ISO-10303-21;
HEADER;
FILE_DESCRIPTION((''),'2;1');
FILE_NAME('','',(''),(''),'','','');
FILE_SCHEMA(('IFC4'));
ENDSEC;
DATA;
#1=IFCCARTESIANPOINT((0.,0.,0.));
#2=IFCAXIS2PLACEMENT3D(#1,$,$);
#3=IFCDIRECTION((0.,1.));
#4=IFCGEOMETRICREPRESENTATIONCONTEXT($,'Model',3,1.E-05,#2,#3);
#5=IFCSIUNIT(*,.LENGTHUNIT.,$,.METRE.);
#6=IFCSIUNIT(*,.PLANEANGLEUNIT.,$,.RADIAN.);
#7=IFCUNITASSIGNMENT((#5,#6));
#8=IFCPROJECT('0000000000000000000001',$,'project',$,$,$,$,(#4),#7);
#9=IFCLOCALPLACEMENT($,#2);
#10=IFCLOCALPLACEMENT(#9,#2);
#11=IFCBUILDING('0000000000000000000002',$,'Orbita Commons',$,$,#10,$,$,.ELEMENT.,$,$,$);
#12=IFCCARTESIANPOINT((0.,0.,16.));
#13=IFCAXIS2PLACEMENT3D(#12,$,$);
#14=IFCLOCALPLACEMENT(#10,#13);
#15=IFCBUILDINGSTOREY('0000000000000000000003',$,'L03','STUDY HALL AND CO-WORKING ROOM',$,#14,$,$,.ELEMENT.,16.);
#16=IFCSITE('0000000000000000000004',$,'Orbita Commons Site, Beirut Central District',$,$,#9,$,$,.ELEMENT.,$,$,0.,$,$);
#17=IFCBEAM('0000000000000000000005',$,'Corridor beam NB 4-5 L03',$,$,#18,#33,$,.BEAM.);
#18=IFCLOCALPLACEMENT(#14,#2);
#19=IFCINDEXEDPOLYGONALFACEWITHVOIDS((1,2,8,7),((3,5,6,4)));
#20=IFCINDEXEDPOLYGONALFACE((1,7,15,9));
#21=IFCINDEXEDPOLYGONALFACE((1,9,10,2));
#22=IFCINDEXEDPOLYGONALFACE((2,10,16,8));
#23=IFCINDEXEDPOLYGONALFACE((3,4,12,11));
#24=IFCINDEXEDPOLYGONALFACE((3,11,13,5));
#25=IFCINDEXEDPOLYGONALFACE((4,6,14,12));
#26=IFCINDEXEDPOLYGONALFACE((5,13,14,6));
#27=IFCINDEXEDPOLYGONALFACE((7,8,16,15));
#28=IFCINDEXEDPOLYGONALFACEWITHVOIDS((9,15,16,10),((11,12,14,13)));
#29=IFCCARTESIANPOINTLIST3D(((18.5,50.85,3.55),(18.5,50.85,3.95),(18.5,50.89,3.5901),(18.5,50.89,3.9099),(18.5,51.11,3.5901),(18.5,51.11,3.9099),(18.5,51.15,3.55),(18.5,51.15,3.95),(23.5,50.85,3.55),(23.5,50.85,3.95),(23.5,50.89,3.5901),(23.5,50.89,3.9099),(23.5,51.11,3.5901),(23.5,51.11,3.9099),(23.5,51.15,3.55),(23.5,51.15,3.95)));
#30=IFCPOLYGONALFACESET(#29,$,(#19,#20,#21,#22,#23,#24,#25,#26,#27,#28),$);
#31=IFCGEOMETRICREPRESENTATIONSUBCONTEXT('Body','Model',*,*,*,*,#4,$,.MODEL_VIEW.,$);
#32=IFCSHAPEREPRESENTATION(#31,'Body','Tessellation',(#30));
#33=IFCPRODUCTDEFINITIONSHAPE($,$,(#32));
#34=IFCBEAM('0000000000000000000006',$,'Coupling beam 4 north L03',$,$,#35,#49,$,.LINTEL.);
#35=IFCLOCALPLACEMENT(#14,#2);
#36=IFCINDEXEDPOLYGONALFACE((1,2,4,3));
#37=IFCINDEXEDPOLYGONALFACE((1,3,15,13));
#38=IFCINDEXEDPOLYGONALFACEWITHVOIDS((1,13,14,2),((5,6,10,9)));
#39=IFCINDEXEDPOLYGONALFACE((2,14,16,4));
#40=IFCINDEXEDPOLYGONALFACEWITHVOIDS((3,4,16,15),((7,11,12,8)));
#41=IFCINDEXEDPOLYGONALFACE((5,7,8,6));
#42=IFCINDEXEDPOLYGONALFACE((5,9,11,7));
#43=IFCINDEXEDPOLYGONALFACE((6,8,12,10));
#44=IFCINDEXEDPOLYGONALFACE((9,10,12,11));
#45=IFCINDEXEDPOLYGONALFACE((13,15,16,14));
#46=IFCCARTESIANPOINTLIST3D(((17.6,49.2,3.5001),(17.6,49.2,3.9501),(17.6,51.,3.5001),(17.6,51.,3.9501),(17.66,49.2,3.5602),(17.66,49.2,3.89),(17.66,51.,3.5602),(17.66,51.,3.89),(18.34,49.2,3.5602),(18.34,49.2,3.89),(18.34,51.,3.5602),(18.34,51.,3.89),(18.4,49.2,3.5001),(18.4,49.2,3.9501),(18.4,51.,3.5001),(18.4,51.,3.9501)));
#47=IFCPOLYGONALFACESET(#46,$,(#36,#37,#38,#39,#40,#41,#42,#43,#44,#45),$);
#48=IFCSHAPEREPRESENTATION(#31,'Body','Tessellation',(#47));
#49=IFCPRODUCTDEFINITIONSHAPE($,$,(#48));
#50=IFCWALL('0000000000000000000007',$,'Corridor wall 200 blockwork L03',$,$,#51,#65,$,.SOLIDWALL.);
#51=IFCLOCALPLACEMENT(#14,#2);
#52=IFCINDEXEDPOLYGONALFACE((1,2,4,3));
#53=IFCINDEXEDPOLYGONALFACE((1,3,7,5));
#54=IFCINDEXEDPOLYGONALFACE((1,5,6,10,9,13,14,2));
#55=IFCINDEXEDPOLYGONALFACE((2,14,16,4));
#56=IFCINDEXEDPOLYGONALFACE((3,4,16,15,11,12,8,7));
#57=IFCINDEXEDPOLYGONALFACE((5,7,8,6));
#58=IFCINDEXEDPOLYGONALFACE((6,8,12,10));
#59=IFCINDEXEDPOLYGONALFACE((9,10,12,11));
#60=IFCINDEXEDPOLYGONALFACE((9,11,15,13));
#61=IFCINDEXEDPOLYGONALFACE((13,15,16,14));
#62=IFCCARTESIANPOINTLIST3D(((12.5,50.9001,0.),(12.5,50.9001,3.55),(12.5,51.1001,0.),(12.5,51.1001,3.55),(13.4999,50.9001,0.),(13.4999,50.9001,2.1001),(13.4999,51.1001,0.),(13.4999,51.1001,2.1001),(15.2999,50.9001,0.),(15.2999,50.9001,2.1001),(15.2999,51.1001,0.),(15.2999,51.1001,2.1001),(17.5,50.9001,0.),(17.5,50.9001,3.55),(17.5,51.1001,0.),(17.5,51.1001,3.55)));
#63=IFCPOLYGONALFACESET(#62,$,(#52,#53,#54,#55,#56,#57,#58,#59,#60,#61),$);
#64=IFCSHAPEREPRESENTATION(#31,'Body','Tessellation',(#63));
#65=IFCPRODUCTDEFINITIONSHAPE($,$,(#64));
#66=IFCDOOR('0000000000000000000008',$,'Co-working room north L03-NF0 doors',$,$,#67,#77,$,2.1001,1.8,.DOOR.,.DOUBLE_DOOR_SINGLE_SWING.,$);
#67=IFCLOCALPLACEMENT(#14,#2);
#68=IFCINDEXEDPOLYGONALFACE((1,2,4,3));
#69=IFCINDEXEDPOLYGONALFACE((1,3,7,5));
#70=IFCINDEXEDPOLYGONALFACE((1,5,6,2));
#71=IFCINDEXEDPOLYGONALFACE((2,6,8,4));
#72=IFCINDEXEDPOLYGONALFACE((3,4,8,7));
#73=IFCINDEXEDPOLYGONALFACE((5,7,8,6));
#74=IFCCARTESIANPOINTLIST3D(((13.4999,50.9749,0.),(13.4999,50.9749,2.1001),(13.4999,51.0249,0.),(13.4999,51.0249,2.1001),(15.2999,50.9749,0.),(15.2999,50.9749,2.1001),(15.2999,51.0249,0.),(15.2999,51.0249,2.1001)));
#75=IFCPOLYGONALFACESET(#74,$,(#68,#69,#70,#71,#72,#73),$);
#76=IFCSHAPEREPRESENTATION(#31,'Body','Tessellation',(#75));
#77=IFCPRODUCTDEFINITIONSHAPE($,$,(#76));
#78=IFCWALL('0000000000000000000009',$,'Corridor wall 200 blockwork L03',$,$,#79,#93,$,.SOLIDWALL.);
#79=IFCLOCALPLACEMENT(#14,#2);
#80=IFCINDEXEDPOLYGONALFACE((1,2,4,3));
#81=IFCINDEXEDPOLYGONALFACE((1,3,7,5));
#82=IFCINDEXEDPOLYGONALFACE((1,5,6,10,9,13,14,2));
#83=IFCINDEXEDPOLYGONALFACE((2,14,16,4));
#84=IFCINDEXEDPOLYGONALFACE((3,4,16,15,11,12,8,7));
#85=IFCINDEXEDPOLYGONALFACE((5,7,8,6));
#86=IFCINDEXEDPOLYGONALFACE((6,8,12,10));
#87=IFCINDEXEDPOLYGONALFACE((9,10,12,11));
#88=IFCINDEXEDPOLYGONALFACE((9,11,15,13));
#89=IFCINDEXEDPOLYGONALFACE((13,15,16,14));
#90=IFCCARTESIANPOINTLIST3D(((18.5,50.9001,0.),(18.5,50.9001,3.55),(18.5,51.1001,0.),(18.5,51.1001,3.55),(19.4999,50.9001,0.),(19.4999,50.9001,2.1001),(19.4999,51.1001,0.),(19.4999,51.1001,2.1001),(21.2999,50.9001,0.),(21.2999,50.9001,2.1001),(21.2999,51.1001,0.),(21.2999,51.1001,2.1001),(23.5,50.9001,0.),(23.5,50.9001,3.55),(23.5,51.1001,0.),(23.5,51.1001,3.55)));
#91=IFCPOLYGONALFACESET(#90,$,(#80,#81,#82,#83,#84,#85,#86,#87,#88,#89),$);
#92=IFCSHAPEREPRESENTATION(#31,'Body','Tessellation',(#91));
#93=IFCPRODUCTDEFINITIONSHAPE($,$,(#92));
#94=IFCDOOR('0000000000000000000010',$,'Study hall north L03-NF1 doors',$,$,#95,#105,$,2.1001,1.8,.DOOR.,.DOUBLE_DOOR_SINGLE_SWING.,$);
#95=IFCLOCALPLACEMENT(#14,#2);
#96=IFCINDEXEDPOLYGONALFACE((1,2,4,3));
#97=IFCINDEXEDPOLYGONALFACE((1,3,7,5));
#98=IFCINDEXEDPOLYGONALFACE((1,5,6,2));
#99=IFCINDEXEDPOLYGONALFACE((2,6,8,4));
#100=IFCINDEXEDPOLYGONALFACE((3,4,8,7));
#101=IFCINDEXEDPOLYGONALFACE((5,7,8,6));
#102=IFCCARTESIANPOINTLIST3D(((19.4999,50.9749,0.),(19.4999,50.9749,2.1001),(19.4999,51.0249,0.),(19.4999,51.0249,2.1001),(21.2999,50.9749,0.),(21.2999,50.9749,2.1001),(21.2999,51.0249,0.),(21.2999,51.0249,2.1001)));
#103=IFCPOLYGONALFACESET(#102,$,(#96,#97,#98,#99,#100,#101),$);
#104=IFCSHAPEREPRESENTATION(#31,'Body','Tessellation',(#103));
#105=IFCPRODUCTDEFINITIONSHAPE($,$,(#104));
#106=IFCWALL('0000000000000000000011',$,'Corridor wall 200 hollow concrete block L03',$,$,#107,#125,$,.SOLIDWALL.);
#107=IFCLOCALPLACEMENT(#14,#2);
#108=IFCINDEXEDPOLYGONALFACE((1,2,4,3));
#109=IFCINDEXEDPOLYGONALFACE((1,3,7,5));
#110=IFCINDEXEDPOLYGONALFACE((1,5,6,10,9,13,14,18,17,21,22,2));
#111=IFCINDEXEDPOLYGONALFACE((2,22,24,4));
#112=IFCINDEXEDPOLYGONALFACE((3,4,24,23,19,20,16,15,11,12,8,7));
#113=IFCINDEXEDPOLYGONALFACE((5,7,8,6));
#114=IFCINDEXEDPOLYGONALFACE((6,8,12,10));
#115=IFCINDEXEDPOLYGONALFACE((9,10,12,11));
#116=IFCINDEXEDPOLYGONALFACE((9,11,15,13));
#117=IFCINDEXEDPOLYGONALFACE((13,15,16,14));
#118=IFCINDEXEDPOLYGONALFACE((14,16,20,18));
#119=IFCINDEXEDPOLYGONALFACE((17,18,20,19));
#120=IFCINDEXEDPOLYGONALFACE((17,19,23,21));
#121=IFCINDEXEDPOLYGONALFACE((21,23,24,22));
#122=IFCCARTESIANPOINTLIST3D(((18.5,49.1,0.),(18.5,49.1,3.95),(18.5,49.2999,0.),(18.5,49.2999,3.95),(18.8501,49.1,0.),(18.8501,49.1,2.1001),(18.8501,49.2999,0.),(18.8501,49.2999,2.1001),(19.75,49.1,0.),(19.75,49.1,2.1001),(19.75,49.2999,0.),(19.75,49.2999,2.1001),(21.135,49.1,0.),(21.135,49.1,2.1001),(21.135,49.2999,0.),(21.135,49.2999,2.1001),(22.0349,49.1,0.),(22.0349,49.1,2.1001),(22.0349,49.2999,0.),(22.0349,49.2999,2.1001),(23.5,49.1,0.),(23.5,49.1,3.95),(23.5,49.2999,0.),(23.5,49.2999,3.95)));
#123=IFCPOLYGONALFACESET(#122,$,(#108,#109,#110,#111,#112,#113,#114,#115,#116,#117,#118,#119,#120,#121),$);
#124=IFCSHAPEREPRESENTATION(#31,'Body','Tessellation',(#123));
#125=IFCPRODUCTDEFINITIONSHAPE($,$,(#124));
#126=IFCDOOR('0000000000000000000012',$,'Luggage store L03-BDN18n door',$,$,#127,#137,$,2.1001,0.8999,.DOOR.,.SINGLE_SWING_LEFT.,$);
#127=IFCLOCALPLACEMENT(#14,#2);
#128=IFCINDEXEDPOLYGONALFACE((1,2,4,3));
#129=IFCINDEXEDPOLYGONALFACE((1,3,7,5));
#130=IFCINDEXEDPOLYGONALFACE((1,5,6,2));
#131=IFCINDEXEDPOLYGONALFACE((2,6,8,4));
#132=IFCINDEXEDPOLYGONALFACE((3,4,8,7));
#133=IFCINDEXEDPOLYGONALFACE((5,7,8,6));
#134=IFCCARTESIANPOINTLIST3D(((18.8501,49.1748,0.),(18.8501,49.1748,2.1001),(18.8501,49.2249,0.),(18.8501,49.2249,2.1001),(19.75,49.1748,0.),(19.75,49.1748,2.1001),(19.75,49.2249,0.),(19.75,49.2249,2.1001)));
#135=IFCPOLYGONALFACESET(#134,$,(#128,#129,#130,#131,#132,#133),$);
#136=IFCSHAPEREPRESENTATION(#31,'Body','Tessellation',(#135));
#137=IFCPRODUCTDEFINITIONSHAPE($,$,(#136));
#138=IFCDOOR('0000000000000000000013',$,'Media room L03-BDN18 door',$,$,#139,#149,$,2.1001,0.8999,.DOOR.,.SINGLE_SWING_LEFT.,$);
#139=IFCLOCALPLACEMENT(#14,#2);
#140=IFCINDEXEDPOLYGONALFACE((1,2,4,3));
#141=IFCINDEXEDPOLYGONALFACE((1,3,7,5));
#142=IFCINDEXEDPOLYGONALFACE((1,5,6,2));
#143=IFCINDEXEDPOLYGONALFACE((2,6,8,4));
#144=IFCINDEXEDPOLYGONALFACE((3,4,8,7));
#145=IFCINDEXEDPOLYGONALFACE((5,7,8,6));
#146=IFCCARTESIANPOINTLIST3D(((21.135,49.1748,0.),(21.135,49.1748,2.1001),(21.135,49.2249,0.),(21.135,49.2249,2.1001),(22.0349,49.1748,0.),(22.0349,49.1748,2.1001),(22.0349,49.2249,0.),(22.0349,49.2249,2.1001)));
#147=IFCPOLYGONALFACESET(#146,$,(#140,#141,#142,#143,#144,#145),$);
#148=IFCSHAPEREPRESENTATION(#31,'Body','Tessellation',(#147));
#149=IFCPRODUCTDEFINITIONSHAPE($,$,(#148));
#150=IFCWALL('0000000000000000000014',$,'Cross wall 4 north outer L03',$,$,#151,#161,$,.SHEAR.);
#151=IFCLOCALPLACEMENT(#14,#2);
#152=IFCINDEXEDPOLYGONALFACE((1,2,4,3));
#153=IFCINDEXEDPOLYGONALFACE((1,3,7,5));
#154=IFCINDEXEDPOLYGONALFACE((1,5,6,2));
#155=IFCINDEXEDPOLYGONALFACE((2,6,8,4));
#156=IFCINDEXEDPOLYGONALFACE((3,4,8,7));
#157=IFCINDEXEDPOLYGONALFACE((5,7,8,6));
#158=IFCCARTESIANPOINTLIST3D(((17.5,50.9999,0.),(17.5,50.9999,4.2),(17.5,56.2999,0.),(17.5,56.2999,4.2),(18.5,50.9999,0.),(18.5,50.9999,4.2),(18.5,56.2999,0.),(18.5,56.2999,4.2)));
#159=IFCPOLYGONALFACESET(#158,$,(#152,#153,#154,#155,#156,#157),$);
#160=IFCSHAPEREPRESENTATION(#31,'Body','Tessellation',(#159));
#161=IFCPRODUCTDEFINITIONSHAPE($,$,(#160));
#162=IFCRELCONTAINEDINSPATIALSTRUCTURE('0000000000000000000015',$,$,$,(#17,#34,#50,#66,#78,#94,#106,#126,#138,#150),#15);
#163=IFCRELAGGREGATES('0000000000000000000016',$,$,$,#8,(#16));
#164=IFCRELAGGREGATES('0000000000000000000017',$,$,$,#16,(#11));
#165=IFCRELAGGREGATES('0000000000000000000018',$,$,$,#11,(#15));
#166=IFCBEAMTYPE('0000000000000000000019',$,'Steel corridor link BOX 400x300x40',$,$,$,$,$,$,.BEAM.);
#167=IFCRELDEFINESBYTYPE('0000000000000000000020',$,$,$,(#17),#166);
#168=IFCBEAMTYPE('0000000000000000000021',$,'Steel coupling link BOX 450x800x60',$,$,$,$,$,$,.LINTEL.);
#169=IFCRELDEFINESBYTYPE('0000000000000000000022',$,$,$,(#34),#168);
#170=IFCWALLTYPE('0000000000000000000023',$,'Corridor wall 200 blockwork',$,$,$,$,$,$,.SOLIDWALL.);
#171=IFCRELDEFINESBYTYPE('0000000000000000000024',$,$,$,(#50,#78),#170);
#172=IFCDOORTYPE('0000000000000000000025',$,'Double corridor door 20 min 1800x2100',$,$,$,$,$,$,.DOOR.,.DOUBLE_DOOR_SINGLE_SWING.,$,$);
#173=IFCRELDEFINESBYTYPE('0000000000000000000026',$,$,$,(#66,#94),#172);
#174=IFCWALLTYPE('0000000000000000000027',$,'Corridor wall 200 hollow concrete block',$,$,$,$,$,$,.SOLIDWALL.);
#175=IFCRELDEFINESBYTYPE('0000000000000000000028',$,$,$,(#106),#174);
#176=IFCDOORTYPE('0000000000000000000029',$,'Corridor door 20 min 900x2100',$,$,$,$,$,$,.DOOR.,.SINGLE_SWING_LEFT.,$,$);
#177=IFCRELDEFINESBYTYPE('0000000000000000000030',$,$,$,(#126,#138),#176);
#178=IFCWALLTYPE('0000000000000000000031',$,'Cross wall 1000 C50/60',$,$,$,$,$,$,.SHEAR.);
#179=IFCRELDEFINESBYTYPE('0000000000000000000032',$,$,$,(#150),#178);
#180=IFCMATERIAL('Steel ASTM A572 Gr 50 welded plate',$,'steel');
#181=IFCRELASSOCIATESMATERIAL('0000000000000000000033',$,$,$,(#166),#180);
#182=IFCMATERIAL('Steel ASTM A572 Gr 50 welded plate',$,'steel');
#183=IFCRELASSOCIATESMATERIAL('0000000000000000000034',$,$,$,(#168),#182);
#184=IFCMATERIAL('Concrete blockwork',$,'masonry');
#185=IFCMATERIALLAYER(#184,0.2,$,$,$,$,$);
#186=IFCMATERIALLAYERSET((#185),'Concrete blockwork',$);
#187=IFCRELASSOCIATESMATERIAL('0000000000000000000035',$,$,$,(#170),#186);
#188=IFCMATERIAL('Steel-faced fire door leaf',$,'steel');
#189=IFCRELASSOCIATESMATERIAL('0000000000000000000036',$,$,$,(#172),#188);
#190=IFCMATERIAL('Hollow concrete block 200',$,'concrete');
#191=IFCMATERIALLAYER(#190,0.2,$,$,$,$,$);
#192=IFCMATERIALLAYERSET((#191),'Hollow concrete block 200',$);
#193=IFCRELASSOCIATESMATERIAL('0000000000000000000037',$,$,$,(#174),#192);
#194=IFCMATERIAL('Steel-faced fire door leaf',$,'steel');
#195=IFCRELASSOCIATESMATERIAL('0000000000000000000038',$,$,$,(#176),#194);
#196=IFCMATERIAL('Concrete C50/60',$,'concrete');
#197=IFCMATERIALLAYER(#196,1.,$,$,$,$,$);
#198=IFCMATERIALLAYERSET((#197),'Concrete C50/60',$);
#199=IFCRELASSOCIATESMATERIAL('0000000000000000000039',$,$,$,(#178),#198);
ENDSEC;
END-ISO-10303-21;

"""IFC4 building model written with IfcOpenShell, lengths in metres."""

from ifc_helpers import new_model, si_unit, direction, frame, frame_2d, origin, origin_2d, place, context, subcontext, project, spatial, polyline, rectangle, hollow_rectangle, outline, extrude, material, layer, layer_set, material_profile, profile_set, type_object, element, fill, save


model = new_model("IFC4")

# Units and contexts
model_context = context("Model", 3, precision=1e-05, world=origin(), true_north=direction((0.0, 1.0)))
body_context = subcontext(model_context, "Body", "Model", "MODEL_VIEW")
ifc_project = project(units=[si_unit("LENGTHUNIT", "METRE"), si_unit("PLANEANGLEUNIT", "RADIAN")], contexts=[model_context])

# Site, building, storey
site_placement = place(None, origin())
site = spatial("IfcSite", under=ifc_project, at=site_placement, Name="Orbita Commons Site, Beirut Central District", CompositionType="ELEMENT", RefElevation=0.0)
building_placement = place(site_placement, origin())
building = spatial("IfcBuilding", under=site, at=building_placement, Name="Orbita Commons", CompositionType="ELEMENT")
storey_placement = place(building_placement, frame((0.0, 0.0, 16.0)))
storey = spatial("IfcBuildingStorey", under=building, at=storey_placement, Name="L03", Description="STUDY HALL AND CO-WORKING ROOM", CompositionType="ELEMENT", Elevation=16.0)

# Beams
ifc_material_1 = material(Name="Steel ASTM A572 Gr 50 welded plate", Category="steel")
ifc_material_profile_1 = material_profile(ifc_material_1, hollow_rectangle(XDim=0.3, YDim=0.3999, WallThickness=0.04, at=origin_2d()), Name="BOX 400x300x40")
ifc_profile_set_1 = profile_set([ifc_material_profile_1], Name="Steel ASTM A572 Gr 50 welded plate")
beam_type_1 = type_object("IfcBeamType", Name="Steel corridor link BOX 400x300x40", PredefinedType="BEAM", material=ifc_profile_set_1)
beam_1_placement = place(storey_placement, frame((18.5, 51.0, 3.75), z_axis=(1.0, 0.0, 0.0), x_axis=(0.0, 1.0, 0.0)))
element("IfcBeam", 1, at=beam_1_placement, inside=storey, type_object=beam_type_1, Name="Corridor beam NB 4-5 L03", PredefinedType="BEAM", context=body_context, shape_type="SweptSolid", body=[
    extrude(hollow_rectangle(XDim=0.3, YDim=0.3999, WallThickness=0.04, at=origin_2d()), origin(), (0.0, 0.0, 1.0), 5.0),
])
ifc_material_2 = material(Name="Steel ASTM A572 Gr 50 welded plate", Category="steel")
ifc_material_profile_2 = material_profile(ifc_material_2, hollow_rectangle(XDim=0.8, YDim=0.45, WallThickness=0.0601, at=origin_2d()), Name="BOX 450x800x60")
ifc_profile_set_2 = profile_set([ifc_material_profile_2], Name="Steel ASTM A572 Gr 50 welded plate")
beam_type_2 = type_object("IfcBeamType", Name="Steel coupling link BOX 450x800x60", PredefinedType="LINTEL", material=ifc_profile_set_2)
beam_2_placement = place(storey_placement, frame((18.0, 49.2, 3.7251), z_axis=(0.0, 1.0, 0.0), x_axis=(-1.0, 0.0, 0.0)))
element("IfcBeam", 2, at=beam_2_placement, inside=storey, type_object=beam_type_2, Name="Coupling beam 4 north L03", PredefinedType="LINTEL", context=body_context, shape_type="SweptSolid", body=[
    extrude(hollow_rectangle(XDim=0.8, YDim=0.45, WallThickness=0.0601, at=origin_2d()), origin(), (0.0, 0.0, 1.0), 1.8),
])

# Walls, openings, doors
ifc_material_3 = material(Name="Concrete blockwork", Category="masonry")
ifc_layer_1 = layer(ifc_material_3, 0.2)
ifc_layer_set_1 = layer_set([ifc_layer_1], Name="Concrete blockwork")
wall_type_1 = type_object("IfcWallType", Name="Corridor wall 200 blockwork", PredefinedType="SOLIDWALL", material=ifc_layer_set_1)
wall_1_placement = place(storey_placement, frame((12.5, 51.0, 0.0), z_axis=(0.0, 0.0, 1.0), x_axis=(1.0, 0.0, 0.0)))
wall_1 = element("IfcWall", 3, at=wall_1_placement, inside=storey, type_object=wall_type_1, Name="Corridor wall 200 blockwork L03", PredefinedType="SOLIDWALL", context=body_context, shape_type="SweptSolid", body=[
    extrude(outline(polyline([(0.0, 0.0), (5.0, 0.0), (5.0, 3.55), (0.0, 3.55), (0.0, 0.0)])), frame((0.0, 0.1001, 0.0), z_axis=(0.0, -1.0, 0.0), x_axis=(1.0, 0.0, 0.0)), (0.0, 0.0, 1.0), 0.2),
])
opening_1_placement = place(wall_1_placement, frame((1.0, 0.0, 0.0)))
opening_1 = element("IfcOpeningElement", 4, at=opening_1_placement, cuts=wall_1, PredefinedType="OPENING", context=body_context, shape_type="SweptSolid", body=[
    extrude(rectangle(XDim=1.8, YDim=2.1001, at=frame_2d((0.8999, 1.05))), frame((0.0, 0.1099, 0.0), z_axis=(0.0, -1.0, 0.0), x_axis=(1.0, 0.0, 0.0)), (0.0, 0.0, 1.0), 0.22),
])
ifc_material_4 = material(Name="Steel-faced fire door leaf", Category="steel")
door_type_1 = type_object("IfcDoorType", Name="Double corridor door 20 min 1800x2100", OperationType="DOUBLE_DOOR_SINGLE_SWING", PredefinedType="DOOR", material=ifc_material_4)
door_1_placement = place(opening_1_placement, origin())
door_1 = element("IfcDoor", 5, at=door_1_placement, inside=storey, type_object=door_type_1, Name="Co-working room north L03-NF0 doors", OperationType="DOUBLE_DOOR_SINGLE_SWING", OverallHeight=2.1001, OverallWidth=1.8, PredefinedType="DOOR", context=body_context, shape_type="SweptSolid", body=[
    extrude(rectangle(XDim=1.8, YDim=2.1001, at=frame_2d((0.8999, 1.05))), frame((0.0, 0.0249, 0.0), z_axis=(0.0, -1.0, 0.0), x_axis=(1.0, 0.0, 0.0)), (0.0, 0.0, 1.0), 0.05),
])
fill(opening_1, door_1)
wall_2_placement = place(storey_placement, frame((18.5, 51.0, 0.0), z_axis=(0.0, 0.0, 1.0), x_axis=(1.0, 0.0, 0.0)))
wall_2 = element("IfcWall", 6, at=wall_2_placement, inside=storey, type_object=wall_type_1, Name="Corridor wall 200 blockwork L03", PredefinedType="SOLIDWALL", context=body_context, shape_type="SweptSolid", body=[
    extrude(outline(polyline([(0.0, 0.0), (5.0, 0.0), (5.0, 3.55), (0.0, 3.55), (0.0, 0.0)])), frame((0.0, 0.1001, 0.0), z_axis=(0.0, -1.0, 0.0), x_axis=(1.0, 0.0, 0.0)), (0.0, 0.0, 1.0), 0.2),
])
opening_2_placement = place(wall_2_placement, frame((1.0, 0.0, 0.0)))
opening_2 = element("IfcOpeningElement", 7, at=opening_2_placement, cuts=wall_2, PredefinedType="OPENING", context=body_context, shape_type="SweptSolid", body=[
    extrude(rectangle(XDim=1.8, YDim=2.1001, at=frame_2d((0.8999, 1.05))), frame((0.0, 0.1099, 0.0), z_axis=(0.0, -1.0, 0.0), x_axis=(1.0, 0.0, 0.0)), (0.0, 0.0, 1.0), 0.22),
])
door_2_placement = place(opening_2_placement, origin())
door_2 = element("IfcDoor", 8, at=door_2_placement, inside=storey, type_object=door_type_1, Name="Study hall north L03-NF1 doors", OperationType="DOUBLE_DOOR_SINGLE_SWING", OverallHeight=2.1001, OverallWidth=1.8, PredefinedType="DOOR", context=body_context, shape_type="SweptSolid", body=[
    extrude(rectangle(XDim=1.8, YDim=2.1001, at=frame_2d((0.8999, 1.05))), frame((0.0, 0.0249, 0.0), z_axis=(0.0, -1.0, 0.0), x_axis=(1.0, 0.0, 0.0)), (0.0, 0.0, 1.0), 0.05),
])
fill(opening_2, door_2)

# Wall, openings, doors
ifc_material_5 = material(Name="Hollow concrete block 200", Category="concrete")
ifc_layer_2 = layer(ifc_material_5, 0.2)
ifc_layer_set_2 = layer_set([ifc_layer_2], Name="Hollow concrete block 200")
wall_type_2 = type_object("IfcWallType", Name="Corridor wall 200 hollow concrete block", PredefinedType="SOLIDWALL", material=ifc_layer_set_2)
wall_3_placement = place(storey_placement, frame((18.5, 49.2, 0.0), z_axis=(0.0, 0.0, 1.0), x_axis=(1.0, 0.0, 0.0)))
wall_3 = element("IfcWall", 9, at=wall_3_placement, inside=storey, type_object=wall_type_2, Name="Corridor wall 200 hollow concrete block L03", PredefinedType="SOLIDWALL", context=body_context, shape_type="SweptSolid", body=[
    extrude(rectangle(XDim=5.0, YDim=0.2, at=frame_2d((2.5, 0.0))), origin(), (0.0, 0.0, 1.0), 3.95),
])
opening_3_placement = place(wall_3_placement, frame((0.3501, 0.0, 0.0)))
opening_3 = element("IfcOpeningElement", 10, at=opening_3_placement, cuts=wall_3, PredefinedType="OPENING", context=body_context, shape_type="SweptSolid", body=[
    extrude(rectangle(XDim=0.8999, YDim=2.1001, at=frame_2d((0.45, 1.05))), frame((0.0, 0.1099, 0.0), z_axis=(0.0, -1.0, 0.0), x_axis=(1.0, 0.0, 0.0)), (0.0, 0.0, 1.0), 0.22),
])
opening_4_placement = place(wall_3_placement, frame((2.635, 0.0, 0.0)))
opening_4 = element("IfcOpeningElement", 11, at=opening_4_placement, cuts=wall_3, PredefinedType="OPENING", context=body_context, shape_type="SweptSolid", body=[
    extrude(rectangle(XDim=0.8999, YDim=2.1001, at=frame_2d((0.45, 1.05))), frame((0.0, 0.1099, 0.0), z_axis=(0.0, -1.0, 0.0), x_axis=(1.0, 0.0, 0.0)), (0.0, 0.0, 1.0), 0.22),
])
ifc_material_6 = material(Name="Steel-faced fire door leaf", Category="steel")
door_type_2 = type_object("IfcDoorType", Name="Corridor door 20 min 900x2100", OperationType="SINGLE_SWING_LEFT", PredefinedType="DOOR", material=ifc_material_6)
door_3_placement = place(opening_3_placement, origin())
door_3 = element("IfcDoor", 12, at=door_3_placement, inside=storey, type_object=door_type_2, Name="Luggage store L03-BDN18n door", OperationType="SINGLE_SWING_LEFT", OverallHeight=2.1001, OverallWidth=0.8999, PredefinedType="DOOR", context=body_context, shape_type="SweptSolid", body=[
    extrude(rectangle(XDim=0.8999, YDim=2.1001, at=frame_2d((0.45, 1.05))), frame((0.0, 0.0249, 0.0), z_axis=(0.0, -1.0, 0.0), x_axis=(1.0, 0.0, 0.0)), (0.0, 0.0, 1.0), 0.05),
])
fill(opening_3, door_3)
door_4_placement = place(opening_4_placement, origin())
door_4 = element("IfcDoor", 13, at=door_4_placement, inside=storey, type_object=door_type_2, Name="Media room L03-BDN18 door", OperationType="SINGLE_SWING_LEFT", OverallHeight=2.1001, OverallWidth=0.8999, PredefinedType="DOOR", context=body_context, shape_type="SweptSolid", body=[
    extrude(rectangle(XDim=0.8999, YDim=2.1001, at=frame_2d((0.45, 1.05))), frame((0.0, 0.0249, 0.0), z_axis=(0.0, -1.0, 0.0), x_axis=(1.0, 0.0, 0.0)), (0.0, 0.0, 1.0), 0.05),
])
fill(opening_4, door_4)

# Wall
ifc_material_7 = material(Name="Concrete C50/60", Category="concrete")
ifc_layer_3 = layer(ifc_material_7, 1.0)
ifc_layer_set_3 = layer_set([ifc_layer_3], Name="Concrete C50/60")
wall_type_3 = type_object("IfcWallType", Name="Cross wall 1000 C50/60", PredefinedType="SHEAR", material=ifc_layer_set_3)
wall_4_placement = place(storey_placement, frame((18.0, 51.0, 0.0), z_axis=(0.0, 0.0, 1.0), x_axis=(0.0, 1.0, 0.0)))
element("IfcWall", 14, at=wall_4_placement, inside=storey, type_object=wall_type_3, Name="Cross wall 4 north outer L03", PredefinedType="SHEAR", context=body_context, shape_type="SweptSolid", body=[
    extrude(rectangle(XDim=5.3, YDim=1.0, at=frame_2d((2.6499, 0.0))), origin(), (0.0, 0.0, 1.0), 4.2),
])

save(model, "model.ifc")
